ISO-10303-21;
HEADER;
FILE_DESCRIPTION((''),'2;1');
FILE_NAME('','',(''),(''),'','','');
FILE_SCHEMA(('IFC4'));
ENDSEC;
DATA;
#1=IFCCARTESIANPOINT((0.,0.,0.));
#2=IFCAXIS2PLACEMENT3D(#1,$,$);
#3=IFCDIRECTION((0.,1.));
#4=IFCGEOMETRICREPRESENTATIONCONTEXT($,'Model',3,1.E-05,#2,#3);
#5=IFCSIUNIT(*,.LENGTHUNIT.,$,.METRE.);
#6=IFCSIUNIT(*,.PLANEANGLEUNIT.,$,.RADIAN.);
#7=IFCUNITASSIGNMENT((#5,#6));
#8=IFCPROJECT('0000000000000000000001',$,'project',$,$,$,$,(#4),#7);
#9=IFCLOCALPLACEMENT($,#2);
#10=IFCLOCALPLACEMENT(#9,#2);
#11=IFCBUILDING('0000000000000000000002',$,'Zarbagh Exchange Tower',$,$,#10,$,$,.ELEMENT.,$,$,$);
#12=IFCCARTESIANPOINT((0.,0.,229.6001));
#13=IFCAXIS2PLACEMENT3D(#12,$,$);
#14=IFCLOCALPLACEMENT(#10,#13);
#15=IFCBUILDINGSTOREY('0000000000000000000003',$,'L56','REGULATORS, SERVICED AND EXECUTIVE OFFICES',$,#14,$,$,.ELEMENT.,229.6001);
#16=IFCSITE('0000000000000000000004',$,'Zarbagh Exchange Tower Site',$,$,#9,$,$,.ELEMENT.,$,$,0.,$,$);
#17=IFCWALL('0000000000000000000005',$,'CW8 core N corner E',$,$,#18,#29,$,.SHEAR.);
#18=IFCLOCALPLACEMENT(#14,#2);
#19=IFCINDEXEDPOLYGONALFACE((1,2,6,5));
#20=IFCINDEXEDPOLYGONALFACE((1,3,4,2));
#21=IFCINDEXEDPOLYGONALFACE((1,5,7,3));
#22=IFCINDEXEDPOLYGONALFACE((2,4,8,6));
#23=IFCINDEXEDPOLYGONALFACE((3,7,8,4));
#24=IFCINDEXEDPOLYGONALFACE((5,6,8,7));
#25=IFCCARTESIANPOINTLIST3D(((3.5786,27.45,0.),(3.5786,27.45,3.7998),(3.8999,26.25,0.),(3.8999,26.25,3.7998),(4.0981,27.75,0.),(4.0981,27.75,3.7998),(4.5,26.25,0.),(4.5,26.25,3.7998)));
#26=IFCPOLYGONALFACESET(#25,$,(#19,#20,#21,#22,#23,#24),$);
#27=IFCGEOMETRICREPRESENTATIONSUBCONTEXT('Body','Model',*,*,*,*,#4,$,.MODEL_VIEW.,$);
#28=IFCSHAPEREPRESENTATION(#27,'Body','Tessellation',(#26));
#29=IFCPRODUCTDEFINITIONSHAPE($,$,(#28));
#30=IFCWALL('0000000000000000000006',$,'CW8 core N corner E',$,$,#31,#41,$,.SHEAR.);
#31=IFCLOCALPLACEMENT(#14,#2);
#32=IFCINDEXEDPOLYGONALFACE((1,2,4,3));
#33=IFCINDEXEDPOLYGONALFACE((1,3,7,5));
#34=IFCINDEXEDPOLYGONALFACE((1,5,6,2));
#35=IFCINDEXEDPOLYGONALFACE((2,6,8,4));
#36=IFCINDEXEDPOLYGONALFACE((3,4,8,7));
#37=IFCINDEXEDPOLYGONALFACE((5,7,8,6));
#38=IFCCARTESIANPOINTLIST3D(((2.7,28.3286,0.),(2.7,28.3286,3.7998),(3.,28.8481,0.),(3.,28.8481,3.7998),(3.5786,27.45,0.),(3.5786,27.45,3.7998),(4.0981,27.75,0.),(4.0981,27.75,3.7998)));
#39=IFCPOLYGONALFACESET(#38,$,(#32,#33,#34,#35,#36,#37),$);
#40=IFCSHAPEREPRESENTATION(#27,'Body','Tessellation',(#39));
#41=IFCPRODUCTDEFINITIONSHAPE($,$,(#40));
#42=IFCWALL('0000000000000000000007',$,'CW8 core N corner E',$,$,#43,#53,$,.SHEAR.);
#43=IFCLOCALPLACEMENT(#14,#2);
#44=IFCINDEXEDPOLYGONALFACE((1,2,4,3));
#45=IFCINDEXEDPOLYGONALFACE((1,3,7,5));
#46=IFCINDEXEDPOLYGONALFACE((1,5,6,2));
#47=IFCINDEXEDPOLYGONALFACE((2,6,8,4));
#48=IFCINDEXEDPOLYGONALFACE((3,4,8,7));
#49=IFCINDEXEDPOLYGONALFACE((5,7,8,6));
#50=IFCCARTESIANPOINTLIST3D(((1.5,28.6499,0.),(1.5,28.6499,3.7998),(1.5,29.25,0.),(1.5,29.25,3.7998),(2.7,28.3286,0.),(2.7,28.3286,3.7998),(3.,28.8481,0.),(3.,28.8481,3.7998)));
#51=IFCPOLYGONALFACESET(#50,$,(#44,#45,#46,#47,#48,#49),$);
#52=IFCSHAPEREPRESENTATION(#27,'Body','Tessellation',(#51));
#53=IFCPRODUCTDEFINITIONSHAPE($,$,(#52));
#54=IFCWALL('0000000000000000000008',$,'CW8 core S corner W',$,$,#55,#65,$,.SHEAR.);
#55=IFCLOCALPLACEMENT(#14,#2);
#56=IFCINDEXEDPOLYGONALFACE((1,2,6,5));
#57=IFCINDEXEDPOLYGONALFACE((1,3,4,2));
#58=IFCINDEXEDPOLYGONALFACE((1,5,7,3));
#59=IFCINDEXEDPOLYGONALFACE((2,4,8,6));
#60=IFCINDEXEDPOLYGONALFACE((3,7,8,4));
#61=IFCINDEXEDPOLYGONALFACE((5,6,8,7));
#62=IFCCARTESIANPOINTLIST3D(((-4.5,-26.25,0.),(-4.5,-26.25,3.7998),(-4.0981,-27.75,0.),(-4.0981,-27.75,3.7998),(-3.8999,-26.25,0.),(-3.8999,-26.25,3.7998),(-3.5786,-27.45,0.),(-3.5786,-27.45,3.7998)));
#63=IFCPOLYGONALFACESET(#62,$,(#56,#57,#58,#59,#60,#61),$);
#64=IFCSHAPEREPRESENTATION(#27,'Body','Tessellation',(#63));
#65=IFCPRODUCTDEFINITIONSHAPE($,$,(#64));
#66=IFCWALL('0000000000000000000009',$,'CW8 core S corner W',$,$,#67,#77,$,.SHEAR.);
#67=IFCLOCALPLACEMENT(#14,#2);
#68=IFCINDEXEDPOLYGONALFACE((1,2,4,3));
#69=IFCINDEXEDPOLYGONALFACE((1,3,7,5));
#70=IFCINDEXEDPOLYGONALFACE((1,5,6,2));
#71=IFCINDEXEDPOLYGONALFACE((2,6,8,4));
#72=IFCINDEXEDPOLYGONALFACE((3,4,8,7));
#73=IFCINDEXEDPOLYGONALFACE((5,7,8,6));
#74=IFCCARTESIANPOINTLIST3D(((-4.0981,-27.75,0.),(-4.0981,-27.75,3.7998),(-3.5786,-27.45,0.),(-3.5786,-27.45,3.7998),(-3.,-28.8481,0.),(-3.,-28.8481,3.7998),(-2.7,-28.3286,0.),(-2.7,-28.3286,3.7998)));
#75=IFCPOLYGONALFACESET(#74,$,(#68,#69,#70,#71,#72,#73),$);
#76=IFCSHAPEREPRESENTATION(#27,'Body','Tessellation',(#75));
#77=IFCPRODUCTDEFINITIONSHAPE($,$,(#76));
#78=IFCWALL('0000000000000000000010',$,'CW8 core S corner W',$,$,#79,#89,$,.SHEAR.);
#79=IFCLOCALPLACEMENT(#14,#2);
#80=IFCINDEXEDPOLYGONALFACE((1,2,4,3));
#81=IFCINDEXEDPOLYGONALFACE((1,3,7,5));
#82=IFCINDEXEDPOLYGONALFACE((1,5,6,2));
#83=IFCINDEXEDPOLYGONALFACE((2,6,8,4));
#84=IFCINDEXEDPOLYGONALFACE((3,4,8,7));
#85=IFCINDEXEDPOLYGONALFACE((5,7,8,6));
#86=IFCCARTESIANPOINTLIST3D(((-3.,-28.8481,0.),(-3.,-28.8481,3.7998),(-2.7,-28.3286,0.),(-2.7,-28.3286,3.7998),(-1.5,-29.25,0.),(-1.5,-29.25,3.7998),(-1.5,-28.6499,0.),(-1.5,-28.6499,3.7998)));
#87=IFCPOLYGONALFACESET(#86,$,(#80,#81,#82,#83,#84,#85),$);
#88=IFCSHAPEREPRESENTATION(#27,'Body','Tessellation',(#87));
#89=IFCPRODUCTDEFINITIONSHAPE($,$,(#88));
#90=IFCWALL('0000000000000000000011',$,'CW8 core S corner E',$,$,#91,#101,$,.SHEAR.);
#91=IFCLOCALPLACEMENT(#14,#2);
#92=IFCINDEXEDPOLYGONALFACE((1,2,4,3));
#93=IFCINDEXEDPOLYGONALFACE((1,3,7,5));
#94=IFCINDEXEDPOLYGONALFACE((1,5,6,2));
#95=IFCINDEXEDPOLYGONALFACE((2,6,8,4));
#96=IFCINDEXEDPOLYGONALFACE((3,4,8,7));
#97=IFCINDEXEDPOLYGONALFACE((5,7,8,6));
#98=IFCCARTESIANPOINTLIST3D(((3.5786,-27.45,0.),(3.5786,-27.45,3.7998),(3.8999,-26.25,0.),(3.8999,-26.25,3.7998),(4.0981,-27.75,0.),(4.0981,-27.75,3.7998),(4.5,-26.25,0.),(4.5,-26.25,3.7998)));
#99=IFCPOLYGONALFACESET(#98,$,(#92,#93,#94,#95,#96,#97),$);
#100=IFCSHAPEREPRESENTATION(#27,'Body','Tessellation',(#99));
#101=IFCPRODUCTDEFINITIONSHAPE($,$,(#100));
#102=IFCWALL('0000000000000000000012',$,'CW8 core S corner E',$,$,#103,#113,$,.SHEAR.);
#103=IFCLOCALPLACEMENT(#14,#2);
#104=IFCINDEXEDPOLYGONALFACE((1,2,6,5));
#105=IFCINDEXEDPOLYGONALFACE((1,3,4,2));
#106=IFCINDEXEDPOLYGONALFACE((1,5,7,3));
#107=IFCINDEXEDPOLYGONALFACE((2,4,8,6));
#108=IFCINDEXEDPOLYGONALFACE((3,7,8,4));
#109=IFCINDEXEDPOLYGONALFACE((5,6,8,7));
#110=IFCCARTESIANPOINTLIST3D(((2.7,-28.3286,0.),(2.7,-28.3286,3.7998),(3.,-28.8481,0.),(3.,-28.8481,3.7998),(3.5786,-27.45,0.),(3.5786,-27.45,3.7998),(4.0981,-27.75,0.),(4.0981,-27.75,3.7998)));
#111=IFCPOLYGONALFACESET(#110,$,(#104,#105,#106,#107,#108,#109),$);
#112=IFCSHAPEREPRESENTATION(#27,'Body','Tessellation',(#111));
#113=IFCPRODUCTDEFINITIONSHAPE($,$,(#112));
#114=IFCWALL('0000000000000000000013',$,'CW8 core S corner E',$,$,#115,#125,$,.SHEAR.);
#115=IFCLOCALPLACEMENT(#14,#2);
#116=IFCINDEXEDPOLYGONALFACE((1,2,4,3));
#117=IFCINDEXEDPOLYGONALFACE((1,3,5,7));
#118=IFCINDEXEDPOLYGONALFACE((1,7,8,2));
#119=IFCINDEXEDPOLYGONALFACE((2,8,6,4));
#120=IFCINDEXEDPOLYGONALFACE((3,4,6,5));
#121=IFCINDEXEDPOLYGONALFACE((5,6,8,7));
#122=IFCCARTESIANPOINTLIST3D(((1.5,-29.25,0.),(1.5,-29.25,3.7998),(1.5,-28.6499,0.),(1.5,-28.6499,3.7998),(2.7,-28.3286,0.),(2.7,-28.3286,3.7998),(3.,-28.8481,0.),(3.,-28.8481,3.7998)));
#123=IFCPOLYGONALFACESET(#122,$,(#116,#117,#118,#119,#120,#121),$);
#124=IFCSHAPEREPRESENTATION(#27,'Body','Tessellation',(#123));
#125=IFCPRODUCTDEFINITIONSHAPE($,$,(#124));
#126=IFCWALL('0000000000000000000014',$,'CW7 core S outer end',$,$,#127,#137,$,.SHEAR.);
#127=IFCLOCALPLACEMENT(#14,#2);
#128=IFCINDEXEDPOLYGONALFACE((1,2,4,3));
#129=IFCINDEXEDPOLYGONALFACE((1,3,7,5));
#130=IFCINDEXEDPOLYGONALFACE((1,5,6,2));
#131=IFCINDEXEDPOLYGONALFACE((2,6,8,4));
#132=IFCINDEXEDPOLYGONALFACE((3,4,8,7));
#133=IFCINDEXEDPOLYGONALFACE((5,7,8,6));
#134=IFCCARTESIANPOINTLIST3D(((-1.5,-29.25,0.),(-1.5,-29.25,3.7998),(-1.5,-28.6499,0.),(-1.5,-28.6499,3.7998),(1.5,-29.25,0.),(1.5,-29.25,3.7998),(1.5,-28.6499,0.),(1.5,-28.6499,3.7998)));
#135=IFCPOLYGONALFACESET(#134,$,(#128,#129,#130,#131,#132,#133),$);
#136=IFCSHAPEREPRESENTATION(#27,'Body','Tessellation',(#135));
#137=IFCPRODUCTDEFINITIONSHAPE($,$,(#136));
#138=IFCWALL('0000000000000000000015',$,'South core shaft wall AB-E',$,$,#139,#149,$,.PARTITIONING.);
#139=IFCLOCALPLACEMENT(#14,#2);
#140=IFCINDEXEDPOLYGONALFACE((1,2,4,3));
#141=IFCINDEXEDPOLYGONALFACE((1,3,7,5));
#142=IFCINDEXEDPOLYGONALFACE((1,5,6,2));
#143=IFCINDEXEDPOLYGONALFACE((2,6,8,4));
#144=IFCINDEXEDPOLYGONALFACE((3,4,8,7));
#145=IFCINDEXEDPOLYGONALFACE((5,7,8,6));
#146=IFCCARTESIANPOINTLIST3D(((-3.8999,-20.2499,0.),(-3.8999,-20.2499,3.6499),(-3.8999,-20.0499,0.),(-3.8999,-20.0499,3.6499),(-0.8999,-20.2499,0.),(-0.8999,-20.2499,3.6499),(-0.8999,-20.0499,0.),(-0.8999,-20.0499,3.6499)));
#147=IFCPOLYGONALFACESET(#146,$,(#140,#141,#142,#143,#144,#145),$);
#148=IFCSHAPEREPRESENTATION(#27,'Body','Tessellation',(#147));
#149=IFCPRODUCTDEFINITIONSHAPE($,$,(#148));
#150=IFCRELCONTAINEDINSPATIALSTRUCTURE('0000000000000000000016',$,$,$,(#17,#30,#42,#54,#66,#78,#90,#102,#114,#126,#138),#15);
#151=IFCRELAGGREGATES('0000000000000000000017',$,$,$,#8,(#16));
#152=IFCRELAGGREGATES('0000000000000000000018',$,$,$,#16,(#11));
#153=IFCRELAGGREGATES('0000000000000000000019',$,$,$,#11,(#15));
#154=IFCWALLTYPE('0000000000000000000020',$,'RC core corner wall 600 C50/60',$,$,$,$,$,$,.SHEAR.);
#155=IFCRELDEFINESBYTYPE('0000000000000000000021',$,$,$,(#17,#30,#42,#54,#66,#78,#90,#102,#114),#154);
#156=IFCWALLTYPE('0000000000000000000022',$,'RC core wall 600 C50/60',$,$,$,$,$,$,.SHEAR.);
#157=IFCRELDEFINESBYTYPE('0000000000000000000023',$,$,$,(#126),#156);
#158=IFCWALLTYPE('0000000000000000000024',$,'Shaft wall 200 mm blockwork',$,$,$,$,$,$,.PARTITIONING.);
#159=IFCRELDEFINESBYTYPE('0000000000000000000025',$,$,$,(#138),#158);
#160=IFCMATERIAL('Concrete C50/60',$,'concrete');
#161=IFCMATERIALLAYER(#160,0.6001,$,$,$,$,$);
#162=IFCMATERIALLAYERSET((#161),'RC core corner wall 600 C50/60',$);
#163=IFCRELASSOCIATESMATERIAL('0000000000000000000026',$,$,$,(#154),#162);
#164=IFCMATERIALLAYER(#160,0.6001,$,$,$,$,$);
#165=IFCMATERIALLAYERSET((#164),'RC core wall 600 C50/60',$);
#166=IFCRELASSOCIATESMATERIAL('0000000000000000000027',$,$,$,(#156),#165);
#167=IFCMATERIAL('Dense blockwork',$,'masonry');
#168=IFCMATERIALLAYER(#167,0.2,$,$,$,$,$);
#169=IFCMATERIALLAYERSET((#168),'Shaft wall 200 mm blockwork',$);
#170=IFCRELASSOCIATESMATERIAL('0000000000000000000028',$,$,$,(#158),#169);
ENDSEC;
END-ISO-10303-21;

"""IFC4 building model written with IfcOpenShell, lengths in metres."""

from ifc_helpers import new_model, si_unit, direction, frame, frame_2d, origin, place, context, subcontext, project, spatial, polyline, rectangle, outline, extrude, material, layer, layer_set, type_object, element, save


model = new_model("IFC4")

# Units and contexts
model_context = context("Model", 3, precision=1e-05, world=origin(), true_north=direction((0.0, 1.0)))
body_context = subcontext(model_context, "Body", "Model", "MODEL_VIEW")
ifc_project = project(units=[si_unit("LENGTHUNIT", "METRE"), si_unit("PLANEANGLEUNIT", "RADIAN")], contexts=[model_context])

# Site, building, storey
site_placement = place(None, origin())
site = spatial("IfcSite", under=ifc_project, at=site_placement, Name="Zarbagh Exchange Tower Site", CompositionType="ELEMENT", RefElevation=0.0)
building_placement = place(site_placement, origin())
building = spatial("IfcBuilding", under=site, at=building_placement, Name="Zarbagh Exchange Tower", CompositionType="ELEMENT")
storey_placement = place(building_placement, frame((0.0, 0.0, 229.6001)))
storey = spatial("IfcBuildingStorey", under=building, at=storey_placement, Name="L56", Description="REGULATORS, SERVICED AND EXECUTIVE OFFICES", CompositionType="ELEMENT", Elevation=229.6001)

# Shared definitions
ifc_material_1 = material(Name="Dense blockwork", Category="masonry")

# Walls
ifc_material_2 = material(Name="Concrete C50/60", Category="concrete")
ifc_layer_1 = layer(ifc_material_2, 0.6001)
ifc_layer_set_1 = layer_set([ifc_layer_1], Name="RC core corner wall 600 C50/60")
wall_type_1 = type_object("IfcWallType", Name="RC core corner wall 600 C50/60", PredefinedType="SHEAR", material=ifc_layer_set_1)
wall_1_placement = place(storey_placement, origin())
element("IfcWall", 1, at=wall_1_placement, inside=storey, type_object=wall_type_1, Name="CW8 core N corner E", PredefinedType="SHEAR", context=body_context, shape_type="SweptSolid", body=[
    extrude(outline(polyline([(4.5, 26.25), (4.0981, 27.75), (3.5786, 27.45), (3.8999, 26.25), (4.5, 26.25)])), origin(), (0.0, 0.0, 1.0), 3.7998),
])
wall_2_placement = place(storey_placement, origin())
element("IfcWall", 2, at=wall_2_placement, inside=storey, type_object=wall_type_1, Name="CW8 core N corner E", PredefinedType="SHEAR", context=body_context, shape_type="SweptSolid", body=[
    extrude(outline(polyline([(4.0981, 27.75), (3.0, 28.8481), (2.7, 28.3286), (3.5786, 27.45), (4.0981, 27.75)])), origin(), (0.0, 0.0, 1.0), 3.7998),
])
wall_3_placement = place(storey_placement, origin())
element("IfcWall", 3, at=wall_3_placement, inside=storey, type_object=wall_type_1, Name="CW8 core N corner E", PredefinedType="SHEAR", context=body_context, shape_type="SweptSolid", body=[
    extrude(outline(polyline([(3.0, 28.8481), (1.5, 29.25), (1.5, 28.6499), (2.7, 28.3286), (3.0, 28.8481)])), origin(), (0.0, 0.0, 1.0), 3.7998),
])
wall_4_placement = place(storey_placement, origin())
element("IfcWall", 4, at=wall_4_placement, inside=storey, type_object=wall_type_1, Name="CW8 core S corner W", PredefinedType="SHEAR", context=body_context, shape_type="SweptSolid", body=[
    extrude(outline(polyline([(-4.5, -26.25), (-4.0981, -27.75), (-3.5786, -27.45), (-3.8999, -26.25), (-4.5, -26.25)])), origin(), (0.0, 0.0, 1.0), 3.7998),
])
wall_5_placement = place(storey_placement, origin())
element("IfcWall", 5, at=wall_5_placement, inside=storey, type_object=wall_type_1, Name="CW8 core S corner W", PredefinedType="SHEAR", context=body_context, shape_type="SweptSolid", body=[
    extrude(outline(polyline([(-4.0981, -27.75), (-3.0, -28.8481), (-2.7, -28.3286), (-3.5786, -27.45), (-4.0981, -27.75)])), origin(), (0.0, 0.0, 1.0), 3.7998),
])
wall_6_placement = place(storey_placement, origin())
element("IfcWall", 6, at=wall_6_placement, inside=storey, type_object=wall_type_1, Name="CW8 core S corner W", PredefinedType="SHEAR", context=body_context, shape_type="SweptSolid", body=[
    extrude(outline(polyline([(-3.0, -28.8481), (-1.5, -29.25), (-1.5, -28.6499), (-2.7, -28.3286), (-3.0, -28.8481)])), origin(), (0.0, 0.0, 1.0), 3.7998),
])
wall_7_placement = place(storey_placement, origin())
element("IfcWall", 7, at=wall_7_placement, inside=storey, type_object=wall_type_1, Name="CW8 core S corner E", PredefinedType="SHEAR", context=body_context, shape_type="SweptSolid", body=[
    extrude(outline(polyline([(4.5, -26.25), (4.0981, -27.75), (3.5786, -27.45), (3.8999, -26.25), (4.5, -26.25)])), origin(), (0.0, 0.0, 1.0), 3.7998),
])
wall_8_placement = place(storey_placement, origin())
element("IfcWall", 8, at=wall_8_placement, inside=storey, type_object=wall_type_1, Name="CW8 core S corner E", PredefinedType="SHEAR", context=body_context, shape_type="SweptSolid", body=[
    extrude(outline(polyline([(4.0981, -27.75), (3.0, -28.8481), (2.7, -28.3286), (3.5786, -27.45), (4.0981, -27.75)])), origin(), (0.0, 0.0, 1.0), 3.7998),
])
wall_9_placement = place(storey_placement, origin())
element("IfcWall", 9, at=wall_9_placement, inside=storey, type_object=wall_type_1, Name="CW8 core S corner E", PredefinedType="SHEAR", context=body_context, shape_type="SweptSolid", body=[
    extrude(outline(polyline([(3.0, -28.8481), (1.5, -29.25), (1.5, -28.6499), (2.7, -28.3286), (3.0, -28.8481)])), origin(), (0.0, 0.0, 1.0), 3.7998),
])
ifc_layer_2 = layer(ifc_material_2, 0.6001)
ifc_layer_set_2 = layer_set([ifc_layer_2], Name="RC core wall 600 C50/60")
wall_type_2 = type_object("IfcWallType", Name="RC core wall 600 C50/60", PredefinedType="SHEAR", material=ifc_layer_set_2)
wall_10_placement = place(storey_placement, frame((-1.5, -28.95, 0.0), z_axis=(0.0, 0.0, 1.0), x_axis=(1.0, 0.0, 0.0)))
element("IfcWall", 10, at=wall_10_placement, inside=storey, type_object=wall_type_2, Name="CW7 core S outer end", PredefinedType="SHEAR", context=body_context, shape_type="SweptSolid", body=[
    extrude(rectangle(XDim=3.0, YDim=0.6001, at=frame_2d((1.5, 0.0))), origin(), (0.0, 0.0, 1.0), 3.7998),
])
ifc_layer_3 = layer(ifc_material_1, 0.2)
ifc_layer_set_3 = layer_set([ifc_layer_3], Name="Shaft wall 200 mm blockwork")
wall_type_3 = type_object("IfcWallType", Name="Shaft wall 200 mm blockwork", PredefinedType="PARTITIONING", material=ifc_layer_set_3)
wall_11_placement = place(storey_placement, frame((-0.8999, -20.1499, 0.0), z_axis=(0.0, 0.0, 1.0), x_axis=(-1.0, 0.0, 0.0)))
element("IfcWall", 11, at=wall_11_placement, inside=storey, type_object=wall_type_3, Name="South core shaft wall AB-E", PredefinedType="PARTITIONING", context=body_context, shape_type="SweptSolid", body=[
    extrude(rectangle(XDim=3.0, YDim=0.2, at=frame_2d((1.5, 0.0))), origin(), (0.0, 0.0, 1.0), 3.6499),
])

save(model, "model.ifc")
